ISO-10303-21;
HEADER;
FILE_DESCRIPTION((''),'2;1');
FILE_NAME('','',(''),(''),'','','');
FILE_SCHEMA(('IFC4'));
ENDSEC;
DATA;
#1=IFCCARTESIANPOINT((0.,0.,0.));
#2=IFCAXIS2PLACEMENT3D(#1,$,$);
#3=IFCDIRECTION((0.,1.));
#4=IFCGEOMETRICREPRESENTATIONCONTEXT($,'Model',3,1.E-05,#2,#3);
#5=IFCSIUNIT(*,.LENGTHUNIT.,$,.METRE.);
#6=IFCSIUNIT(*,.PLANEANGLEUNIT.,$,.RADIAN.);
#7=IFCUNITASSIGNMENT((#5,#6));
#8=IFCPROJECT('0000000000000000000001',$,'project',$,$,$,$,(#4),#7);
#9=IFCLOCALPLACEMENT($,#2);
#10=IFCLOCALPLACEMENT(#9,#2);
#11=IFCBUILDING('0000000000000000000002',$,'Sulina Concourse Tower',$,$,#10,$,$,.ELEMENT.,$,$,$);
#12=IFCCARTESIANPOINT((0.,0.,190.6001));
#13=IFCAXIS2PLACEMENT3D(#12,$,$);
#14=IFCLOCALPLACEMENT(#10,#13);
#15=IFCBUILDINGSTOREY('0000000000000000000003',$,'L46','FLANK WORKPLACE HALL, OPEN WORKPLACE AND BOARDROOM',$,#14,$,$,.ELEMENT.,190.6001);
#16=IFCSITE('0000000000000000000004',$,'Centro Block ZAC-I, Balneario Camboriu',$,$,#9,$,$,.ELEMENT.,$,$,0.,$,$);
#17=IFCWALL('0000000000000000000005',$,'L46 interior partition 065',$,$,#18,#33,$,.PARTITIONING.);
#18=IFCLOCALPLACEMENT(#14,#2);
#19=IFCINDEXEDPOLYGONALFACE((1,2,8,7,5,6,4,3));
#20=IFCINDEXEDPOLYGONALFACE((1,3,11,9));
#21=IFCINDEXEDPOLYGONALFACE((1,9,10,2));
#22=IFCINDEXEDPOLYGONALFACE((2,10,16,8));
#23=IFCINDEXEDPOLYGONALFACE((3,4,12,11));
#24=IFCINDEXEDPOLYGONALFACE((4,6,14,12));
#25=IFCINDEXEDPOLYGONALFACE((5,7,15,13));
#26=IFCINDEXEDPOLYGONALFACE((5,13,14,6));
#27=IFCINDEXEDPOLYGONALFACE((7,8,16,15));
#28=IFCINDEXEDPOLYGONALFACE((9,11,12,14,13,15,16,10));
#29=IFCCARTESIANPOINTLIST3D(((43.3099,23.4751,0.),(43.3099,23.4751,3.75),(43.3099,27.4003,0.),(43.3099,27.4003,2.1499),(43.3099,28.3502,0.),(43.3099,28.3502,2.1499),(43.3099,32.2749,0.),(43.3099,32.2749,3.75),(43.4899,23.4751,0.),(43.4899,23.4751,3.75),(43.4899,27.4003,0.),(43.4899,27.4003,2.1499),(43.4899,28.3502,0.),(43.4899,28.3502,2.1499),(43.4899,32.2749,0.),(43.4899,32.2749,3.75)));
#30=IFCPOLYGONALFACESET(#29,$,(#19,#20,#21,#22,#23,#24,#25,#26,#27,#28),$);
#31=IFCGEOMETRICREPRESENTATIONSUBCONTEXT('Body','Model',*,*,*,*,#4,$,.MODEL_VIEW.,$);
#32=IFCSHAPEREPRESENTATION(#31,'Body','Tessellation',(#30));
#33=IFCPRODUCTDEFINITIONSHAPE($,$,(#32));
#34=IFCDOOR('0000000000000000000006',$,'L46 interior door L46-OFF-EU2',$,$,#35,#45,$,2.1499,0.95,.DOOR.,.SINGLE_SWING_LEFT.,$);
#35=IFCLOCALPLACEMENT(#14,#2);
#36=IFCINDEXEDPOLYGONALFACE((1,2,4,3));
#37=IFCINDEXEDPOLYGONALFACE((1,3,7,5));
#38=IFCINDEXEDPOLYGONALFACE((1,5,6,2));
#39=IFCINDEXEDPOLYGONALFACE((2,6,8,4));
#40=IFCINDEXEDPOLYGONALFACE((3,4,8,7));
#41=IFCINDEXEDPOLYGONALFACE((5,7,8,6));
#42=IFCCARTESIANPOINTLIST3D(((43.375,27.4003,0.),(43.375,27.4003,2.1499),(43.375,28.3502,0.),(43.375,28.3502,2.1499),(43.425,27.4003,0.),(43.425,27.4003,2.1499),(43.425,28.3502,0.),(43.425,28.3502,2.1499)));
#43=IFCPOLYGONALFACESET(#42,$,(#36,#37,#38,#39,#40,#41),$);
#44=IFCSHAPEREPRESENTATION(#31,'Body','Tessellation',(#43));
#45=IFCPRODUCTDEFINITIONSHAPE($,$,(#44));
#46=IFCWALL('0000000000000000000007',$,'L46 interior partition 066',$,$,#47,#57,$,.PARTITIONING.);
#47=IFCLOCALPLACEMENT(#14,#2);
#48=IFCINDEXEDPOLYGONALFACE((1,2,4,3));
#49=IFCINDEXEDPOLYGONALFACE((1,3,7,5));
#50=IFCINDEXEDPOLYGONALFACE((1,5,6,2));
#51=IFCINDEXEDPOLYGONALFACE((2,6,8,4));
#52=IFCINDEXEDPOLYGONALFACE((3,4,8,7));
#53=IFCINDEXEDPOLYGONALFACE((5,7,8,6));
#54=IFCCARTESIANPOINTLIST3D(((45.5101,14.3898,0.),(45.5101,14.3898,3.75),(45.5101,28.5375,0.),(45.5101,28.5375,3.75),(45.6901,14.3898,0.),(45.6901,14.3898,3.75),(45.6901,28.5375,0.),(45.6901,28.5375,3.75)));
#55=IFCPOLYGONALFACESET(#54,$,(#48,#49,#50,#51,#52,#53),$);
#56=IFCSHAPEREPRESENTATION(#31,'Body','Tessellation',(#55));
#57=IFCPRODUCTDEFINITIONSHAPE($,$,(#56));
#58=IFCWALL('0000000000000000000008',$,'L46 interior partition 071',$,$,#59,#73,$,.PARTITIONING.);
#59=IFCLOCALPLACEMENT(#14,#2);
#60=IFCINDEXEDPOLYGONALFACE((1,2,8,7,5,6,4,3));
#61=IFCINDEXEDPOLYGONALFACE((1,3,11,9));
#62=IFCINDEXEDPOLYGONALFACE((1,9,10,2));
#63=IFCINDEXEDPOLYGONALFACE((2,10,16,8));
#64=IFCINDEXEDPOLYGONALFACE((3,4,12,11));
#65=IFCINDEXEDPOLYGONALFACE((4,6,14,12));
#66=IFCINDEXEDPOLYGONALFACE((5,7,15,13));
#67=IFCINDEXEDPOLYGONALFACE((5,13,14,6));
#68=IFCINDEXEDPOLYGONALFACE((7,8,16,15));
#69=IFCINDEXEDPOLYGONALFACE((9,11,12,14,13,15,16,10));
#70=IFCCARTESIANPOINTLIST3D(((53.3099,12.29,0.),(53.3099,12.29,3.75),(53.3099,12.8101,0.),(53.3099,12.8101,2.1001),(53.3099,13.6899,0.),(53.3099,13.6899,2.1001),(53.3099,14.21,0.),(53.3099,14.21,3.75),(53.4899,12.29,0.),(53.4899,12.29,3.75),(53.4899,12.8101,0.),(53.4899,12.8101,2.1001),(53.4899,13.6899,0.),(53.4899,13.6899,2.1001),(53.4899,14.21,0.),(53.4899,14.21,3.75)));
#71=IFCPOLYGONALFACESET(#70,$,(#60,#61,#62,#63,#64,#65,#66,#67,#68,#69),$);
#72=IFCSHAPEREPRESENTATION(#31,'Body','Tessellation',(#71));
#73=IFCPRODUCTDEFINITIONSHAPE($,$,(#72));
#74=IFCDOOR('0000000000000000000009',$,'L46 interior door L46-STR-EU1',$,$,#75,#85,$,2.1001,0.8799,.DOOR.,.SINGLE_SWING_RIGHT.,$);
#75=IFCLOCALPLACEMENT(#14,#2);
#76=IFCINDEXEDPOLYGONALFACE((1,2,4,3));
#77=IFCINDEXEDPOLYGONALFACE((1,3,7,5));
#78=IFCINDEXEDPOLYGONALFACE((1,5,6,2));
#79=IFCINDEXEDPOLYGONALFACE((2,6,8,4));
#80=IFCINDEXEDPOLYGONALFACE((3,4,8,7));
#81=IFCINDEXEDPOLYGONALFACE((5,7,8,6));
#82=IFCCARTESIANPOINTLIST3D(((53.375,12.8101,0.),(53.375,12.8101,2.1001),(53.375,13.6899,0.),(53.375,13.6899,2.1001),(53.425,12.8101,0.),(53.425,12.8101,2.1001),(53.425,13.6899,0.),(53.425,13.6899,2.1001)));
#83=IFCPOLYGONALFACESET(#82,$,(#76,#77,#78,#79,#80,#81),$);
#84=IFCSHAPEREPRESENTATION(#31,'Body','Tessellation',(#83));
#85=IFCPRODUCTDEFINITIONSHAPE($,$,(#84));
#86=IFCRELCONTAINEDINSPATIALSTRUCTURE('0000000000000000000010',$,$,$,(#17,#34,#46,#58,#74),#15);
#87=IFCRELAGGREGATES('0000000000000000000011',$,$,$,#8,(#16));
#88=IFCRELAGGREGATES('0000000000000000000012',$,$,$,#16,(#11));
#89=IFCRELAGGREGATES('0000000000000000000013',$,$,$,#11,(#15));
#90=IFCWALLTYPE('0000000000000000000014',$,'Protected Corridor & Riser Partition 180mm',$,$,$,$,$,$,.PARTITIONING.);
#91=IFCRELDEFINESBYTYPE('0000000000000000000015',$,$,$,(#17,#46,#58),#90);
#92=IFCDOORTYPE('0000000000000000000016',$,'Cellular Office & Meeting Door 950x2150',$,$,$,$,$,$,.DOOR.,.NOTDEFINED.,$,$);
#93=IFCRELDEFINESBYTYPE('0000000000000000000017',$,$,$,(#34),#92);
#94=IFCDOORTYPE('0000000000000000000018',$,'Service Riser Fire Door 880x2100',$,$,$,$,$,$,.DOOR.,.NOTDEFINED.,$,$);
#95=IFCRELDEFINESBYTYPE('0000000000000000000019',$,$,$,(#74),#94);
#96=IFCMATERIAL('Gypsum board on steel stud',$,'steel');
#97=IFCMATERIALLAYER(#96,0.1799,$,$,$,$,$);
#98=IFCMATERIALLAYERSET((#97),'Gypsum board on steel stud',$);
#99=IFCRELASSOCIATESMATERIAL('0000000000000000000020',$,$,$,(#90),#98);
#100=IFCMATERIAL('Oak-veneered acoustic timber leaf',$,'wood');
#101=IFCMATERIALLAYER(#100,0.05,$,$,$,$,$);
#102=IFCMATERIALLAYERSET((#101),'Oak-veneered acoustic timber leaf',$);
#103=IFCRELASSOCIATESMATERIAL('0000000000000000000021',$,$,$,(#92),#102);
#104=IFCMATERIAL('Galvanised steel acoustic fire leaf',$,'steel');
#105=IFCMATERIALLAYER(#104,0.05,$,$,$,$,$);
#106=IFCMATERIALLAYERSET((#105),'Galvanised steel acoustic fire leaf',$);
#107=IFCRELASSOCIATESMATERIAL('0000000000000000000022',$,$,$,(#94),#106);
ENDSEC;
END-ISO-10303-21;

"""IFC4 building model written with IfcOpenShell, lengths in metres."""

from ifc_helpers import new_model, si_unit, direction, frame, frame_2d, origin, place, context, subcontext, project, spatial, rectangle, extrude, material, layer, layer_set, type_object, element, fill, save


model = new_model("IFC4")

# Units and contexts
model_context = context("Model", 3, precision=1e-05, world=origin(), true_north=direction((0.0, 1.0)))
body_context = subcontext(model_context, "Body", "Model", "MODEL_VIEW")
ifc_project = project(units=[si_unit("LENGTHUNIT", "METRE"), si_unit("PLANEANGLEUNIT", "RADIAN")], contexts=[model_context])

# Site, building, storey
site_placement = place(None, origin())
site = spatial("IfcSite", under=ifc_project, at=site_placement, Name="Centro Block ZAC-I, Balneario Camboriu", CompositionType="ELEMENT", RefElevation=0.0)
building_placement = place(site_placement, origin())
building = spatial("IfcBuilding", under=site, at=building_placement, Name="Sulina Concourse Tower", CompositionType="ELEMENT")
storey_placement = place(building_placement, frame((0.0, 0.0, 190.6001)))
storey = spatial("IfcBuildingStorey", under=building, at=storey_placement, Name="L46", Description="FLANK WORKPLACE HALL, OPEN WORKPLACE AND BOARDROOM", CompositionType="ELEMENT", Elevation=190.6001)

# Shared definitions
ifc_material_1 = material(Name="Gypsum board on steel stud", Category="steel")
ifc_layer_1 = layer(ifc_material_1, 0.1799)
ifc_layer_set_1 = layer_set([ifc_layer_1], Name="Gypsum board on steel stud")
wall_type_1 = type_object("IfcWallType", Name="Protected Corridor & Riser Partition 180mm", PredefinedType="PARTITIONING", material=ifc_layer_set_1)
ifc_material_2 = material(Name="Oak-veneered acoustic timber leaf", Category="wood")
ifc_layer_2 = layer(ifc_material_2, 0.05)
ifc_layer_set_2 = layer_set([ifc_layer_2], Name="Oak-veneered acoustic timber leaf")
door_type_1 = type_object("IfcDoorType", Name="Cellular Office & Meeting Door 950x2150", OperationType="NOTDEFINED", PredefinedType="DOOR", material=ifc_layer_set_2)

# Wall, opening, door
wall_1_placement = place(storey_placement, frame((43.3999, 23.4751, 0.0), z_axis=(0.0, 0.0, 1.0), x_axis=(0.0, 1.0, 0.0)))
wall_1 = element("IfcWall", 1, at=wall_1_placement, inside=storey, type_object=wall_type_1, Name="L46 interior partition 065", PredefinedType="PARTITIONING", context=body_context, shape_type="SweptSolid", body=[
    extrude(rectangle(XDim=8.7998, YDim=0.1799, at=frame_2d((4.3999, 0.0))), origin(), (0.0, 0.0, 1.0), 3.75),
])
opening_1_placement = place(wall_1_placement, frame((3.925, 0.0, 0.0)))
opening_1 = element("IfcOpeningElement", 2, at=opening_1_placement, cuts=wall_1, PredefinedType="OPENING", context=body_context, shape_type="SweptSolid", body=[
    extrude(rectangle(XDim=0.95, YDim=2.1499, at=frame_2d((0.4751, 1.075))), frame((0.0, 0.0999, 0.0), z_axis=(0.0, -1.0, 0.0), x_axis=(1.0, 0.0, 0.0)), (0.0, 0.0, 1.0), 0.2),
])
door_1_placement = place(opening_1_placement, origin())
door_1 = element("IfcDoor", 3, at=door_1_placement, inside=storey, type_object=door_type_1, Name="L46 interior door L46-OFF-EU2", OperationType="SINGLE_SWING_LEFT", OverallHeight=2.1499, OverallWidth=0.95, PredefinedType="DOOR", context=body_context, shape_type="SweptSolid", body=[
    extrude(rectangle(XDim=0.95, YDim=2.1499, at=frame_2d((0.4751, 1.075))), frame((0.0, 0.0249, 0.0), z_axis=(0.0, -1.0, 0.0), x_axis=(1.0, 0.0, 0.0)), (0.0, 0.0, 1.0), 0.05),
])
fill(opening_1, door_1)

# Wall
wall_2_placement = place(storey_placement, frame((45.6001, 14.3899, 0.0), z_axis=(0.0, 0.0, 1.0), x_axis=(0.0, 1.0, 0.0)))
element("IfcWall", 4, at=wall_2_placement, inside=storey, type_object=wall_type_1, Name="L46 interior partition 066", PredefinedType="PARTITIONING", context=body_context, shape_type="SweptSolid", body=[
    extrude(rectangle(XDim=14.1477, YDim=0.1799, at=frame_2d((7.0737, 0.0))), origin(), (0.0, 0.0, 1.0), 3.75),
])

# Wall, opening, door
wall_3_placement = place(storey_placement, frame((53.3999, 12.29, 0.0), z_axis=(0.0, 0.0, 1.0), x_axis=(0.0, 1.0, 0.0)))
wall_3 = element("IfcWall", 5, at=wall_3_placement, inside=storey, type_object=wall_type_1, Name="L46 interior partition 071", PredefinedType="PARTITIONING", context=body_context, shape_type="SweptSolid", body=[
    extrude(rectangle(XDim=1.9199, YDim=0.1799, at=frame_2d((0.96, 0.0))), origin(), (0.0, 0.0, 1.0), 3.75),
])
opening_2_placement = place(wall_3_placement, frame((0.52, 0.0, 0.0)))
opening_2 = element("IfcOpeningElement", 6, at=opening_2_placement, cuts=wall_3, PredefinedType="OPENING", context=body_context, shape_type="SweptSolid", body=[
    extrude(rectangle(XDim=0.8799, YDim=2.1001, at=frame_2d((0.4399, 1.05))), frame((0.0, 0.0999, 0.0), z_axis=(0.0, -1.0, 0.0), x_axis=(1.0, 0.0, 0.0)), (0.0, 0.0, 1.0), 0.2),
])
ifc_material_3 = material(Name="Galvanised steel acoustic fire leaf", Category="steel")
ifc_layer_3 = layer(ifc_material_3, 0.05)
ifc_layer_set_3 = layer_set([ifc_layer_3], Name="Galvanised steel acoustic fire leaf")
door_type_2 = type_object("IfcDoorType", Name="Service Riser Fire Door 880x2100", OperationType="NOTDEFINED", PredefinedType="DOOR", material=ifc_layer_set_3)
door_2_placement = place(opening_2_placement, origin())
door_2 = element("IfcDoor", 7, at=door_2_placement, inside=storey, type_object=door_type_2, Name="L46 interior door L46-STR-EU1", OperationType="SINGLE_SWING_RIGHT", OverallHeight=2.1001, OverallWidth=0.8799, PredefinedType="DOOR", context=body_context, shape_type="SweptSolid", body=[
    extrude(rectangle(XDim=0.8799, YDim=2.1001, at=frame_2d((0.4399, 1.05))), frame((0.0, 0.0249, 0.0), z_axis=(0.0, -1.0, 0.0), x_axis=(1.0, 0.0, 0.0)), (0.0, 0.0, 1.0), 0.05),
])
fill(opening_2, door_2)

save(model, "model.ifc")
